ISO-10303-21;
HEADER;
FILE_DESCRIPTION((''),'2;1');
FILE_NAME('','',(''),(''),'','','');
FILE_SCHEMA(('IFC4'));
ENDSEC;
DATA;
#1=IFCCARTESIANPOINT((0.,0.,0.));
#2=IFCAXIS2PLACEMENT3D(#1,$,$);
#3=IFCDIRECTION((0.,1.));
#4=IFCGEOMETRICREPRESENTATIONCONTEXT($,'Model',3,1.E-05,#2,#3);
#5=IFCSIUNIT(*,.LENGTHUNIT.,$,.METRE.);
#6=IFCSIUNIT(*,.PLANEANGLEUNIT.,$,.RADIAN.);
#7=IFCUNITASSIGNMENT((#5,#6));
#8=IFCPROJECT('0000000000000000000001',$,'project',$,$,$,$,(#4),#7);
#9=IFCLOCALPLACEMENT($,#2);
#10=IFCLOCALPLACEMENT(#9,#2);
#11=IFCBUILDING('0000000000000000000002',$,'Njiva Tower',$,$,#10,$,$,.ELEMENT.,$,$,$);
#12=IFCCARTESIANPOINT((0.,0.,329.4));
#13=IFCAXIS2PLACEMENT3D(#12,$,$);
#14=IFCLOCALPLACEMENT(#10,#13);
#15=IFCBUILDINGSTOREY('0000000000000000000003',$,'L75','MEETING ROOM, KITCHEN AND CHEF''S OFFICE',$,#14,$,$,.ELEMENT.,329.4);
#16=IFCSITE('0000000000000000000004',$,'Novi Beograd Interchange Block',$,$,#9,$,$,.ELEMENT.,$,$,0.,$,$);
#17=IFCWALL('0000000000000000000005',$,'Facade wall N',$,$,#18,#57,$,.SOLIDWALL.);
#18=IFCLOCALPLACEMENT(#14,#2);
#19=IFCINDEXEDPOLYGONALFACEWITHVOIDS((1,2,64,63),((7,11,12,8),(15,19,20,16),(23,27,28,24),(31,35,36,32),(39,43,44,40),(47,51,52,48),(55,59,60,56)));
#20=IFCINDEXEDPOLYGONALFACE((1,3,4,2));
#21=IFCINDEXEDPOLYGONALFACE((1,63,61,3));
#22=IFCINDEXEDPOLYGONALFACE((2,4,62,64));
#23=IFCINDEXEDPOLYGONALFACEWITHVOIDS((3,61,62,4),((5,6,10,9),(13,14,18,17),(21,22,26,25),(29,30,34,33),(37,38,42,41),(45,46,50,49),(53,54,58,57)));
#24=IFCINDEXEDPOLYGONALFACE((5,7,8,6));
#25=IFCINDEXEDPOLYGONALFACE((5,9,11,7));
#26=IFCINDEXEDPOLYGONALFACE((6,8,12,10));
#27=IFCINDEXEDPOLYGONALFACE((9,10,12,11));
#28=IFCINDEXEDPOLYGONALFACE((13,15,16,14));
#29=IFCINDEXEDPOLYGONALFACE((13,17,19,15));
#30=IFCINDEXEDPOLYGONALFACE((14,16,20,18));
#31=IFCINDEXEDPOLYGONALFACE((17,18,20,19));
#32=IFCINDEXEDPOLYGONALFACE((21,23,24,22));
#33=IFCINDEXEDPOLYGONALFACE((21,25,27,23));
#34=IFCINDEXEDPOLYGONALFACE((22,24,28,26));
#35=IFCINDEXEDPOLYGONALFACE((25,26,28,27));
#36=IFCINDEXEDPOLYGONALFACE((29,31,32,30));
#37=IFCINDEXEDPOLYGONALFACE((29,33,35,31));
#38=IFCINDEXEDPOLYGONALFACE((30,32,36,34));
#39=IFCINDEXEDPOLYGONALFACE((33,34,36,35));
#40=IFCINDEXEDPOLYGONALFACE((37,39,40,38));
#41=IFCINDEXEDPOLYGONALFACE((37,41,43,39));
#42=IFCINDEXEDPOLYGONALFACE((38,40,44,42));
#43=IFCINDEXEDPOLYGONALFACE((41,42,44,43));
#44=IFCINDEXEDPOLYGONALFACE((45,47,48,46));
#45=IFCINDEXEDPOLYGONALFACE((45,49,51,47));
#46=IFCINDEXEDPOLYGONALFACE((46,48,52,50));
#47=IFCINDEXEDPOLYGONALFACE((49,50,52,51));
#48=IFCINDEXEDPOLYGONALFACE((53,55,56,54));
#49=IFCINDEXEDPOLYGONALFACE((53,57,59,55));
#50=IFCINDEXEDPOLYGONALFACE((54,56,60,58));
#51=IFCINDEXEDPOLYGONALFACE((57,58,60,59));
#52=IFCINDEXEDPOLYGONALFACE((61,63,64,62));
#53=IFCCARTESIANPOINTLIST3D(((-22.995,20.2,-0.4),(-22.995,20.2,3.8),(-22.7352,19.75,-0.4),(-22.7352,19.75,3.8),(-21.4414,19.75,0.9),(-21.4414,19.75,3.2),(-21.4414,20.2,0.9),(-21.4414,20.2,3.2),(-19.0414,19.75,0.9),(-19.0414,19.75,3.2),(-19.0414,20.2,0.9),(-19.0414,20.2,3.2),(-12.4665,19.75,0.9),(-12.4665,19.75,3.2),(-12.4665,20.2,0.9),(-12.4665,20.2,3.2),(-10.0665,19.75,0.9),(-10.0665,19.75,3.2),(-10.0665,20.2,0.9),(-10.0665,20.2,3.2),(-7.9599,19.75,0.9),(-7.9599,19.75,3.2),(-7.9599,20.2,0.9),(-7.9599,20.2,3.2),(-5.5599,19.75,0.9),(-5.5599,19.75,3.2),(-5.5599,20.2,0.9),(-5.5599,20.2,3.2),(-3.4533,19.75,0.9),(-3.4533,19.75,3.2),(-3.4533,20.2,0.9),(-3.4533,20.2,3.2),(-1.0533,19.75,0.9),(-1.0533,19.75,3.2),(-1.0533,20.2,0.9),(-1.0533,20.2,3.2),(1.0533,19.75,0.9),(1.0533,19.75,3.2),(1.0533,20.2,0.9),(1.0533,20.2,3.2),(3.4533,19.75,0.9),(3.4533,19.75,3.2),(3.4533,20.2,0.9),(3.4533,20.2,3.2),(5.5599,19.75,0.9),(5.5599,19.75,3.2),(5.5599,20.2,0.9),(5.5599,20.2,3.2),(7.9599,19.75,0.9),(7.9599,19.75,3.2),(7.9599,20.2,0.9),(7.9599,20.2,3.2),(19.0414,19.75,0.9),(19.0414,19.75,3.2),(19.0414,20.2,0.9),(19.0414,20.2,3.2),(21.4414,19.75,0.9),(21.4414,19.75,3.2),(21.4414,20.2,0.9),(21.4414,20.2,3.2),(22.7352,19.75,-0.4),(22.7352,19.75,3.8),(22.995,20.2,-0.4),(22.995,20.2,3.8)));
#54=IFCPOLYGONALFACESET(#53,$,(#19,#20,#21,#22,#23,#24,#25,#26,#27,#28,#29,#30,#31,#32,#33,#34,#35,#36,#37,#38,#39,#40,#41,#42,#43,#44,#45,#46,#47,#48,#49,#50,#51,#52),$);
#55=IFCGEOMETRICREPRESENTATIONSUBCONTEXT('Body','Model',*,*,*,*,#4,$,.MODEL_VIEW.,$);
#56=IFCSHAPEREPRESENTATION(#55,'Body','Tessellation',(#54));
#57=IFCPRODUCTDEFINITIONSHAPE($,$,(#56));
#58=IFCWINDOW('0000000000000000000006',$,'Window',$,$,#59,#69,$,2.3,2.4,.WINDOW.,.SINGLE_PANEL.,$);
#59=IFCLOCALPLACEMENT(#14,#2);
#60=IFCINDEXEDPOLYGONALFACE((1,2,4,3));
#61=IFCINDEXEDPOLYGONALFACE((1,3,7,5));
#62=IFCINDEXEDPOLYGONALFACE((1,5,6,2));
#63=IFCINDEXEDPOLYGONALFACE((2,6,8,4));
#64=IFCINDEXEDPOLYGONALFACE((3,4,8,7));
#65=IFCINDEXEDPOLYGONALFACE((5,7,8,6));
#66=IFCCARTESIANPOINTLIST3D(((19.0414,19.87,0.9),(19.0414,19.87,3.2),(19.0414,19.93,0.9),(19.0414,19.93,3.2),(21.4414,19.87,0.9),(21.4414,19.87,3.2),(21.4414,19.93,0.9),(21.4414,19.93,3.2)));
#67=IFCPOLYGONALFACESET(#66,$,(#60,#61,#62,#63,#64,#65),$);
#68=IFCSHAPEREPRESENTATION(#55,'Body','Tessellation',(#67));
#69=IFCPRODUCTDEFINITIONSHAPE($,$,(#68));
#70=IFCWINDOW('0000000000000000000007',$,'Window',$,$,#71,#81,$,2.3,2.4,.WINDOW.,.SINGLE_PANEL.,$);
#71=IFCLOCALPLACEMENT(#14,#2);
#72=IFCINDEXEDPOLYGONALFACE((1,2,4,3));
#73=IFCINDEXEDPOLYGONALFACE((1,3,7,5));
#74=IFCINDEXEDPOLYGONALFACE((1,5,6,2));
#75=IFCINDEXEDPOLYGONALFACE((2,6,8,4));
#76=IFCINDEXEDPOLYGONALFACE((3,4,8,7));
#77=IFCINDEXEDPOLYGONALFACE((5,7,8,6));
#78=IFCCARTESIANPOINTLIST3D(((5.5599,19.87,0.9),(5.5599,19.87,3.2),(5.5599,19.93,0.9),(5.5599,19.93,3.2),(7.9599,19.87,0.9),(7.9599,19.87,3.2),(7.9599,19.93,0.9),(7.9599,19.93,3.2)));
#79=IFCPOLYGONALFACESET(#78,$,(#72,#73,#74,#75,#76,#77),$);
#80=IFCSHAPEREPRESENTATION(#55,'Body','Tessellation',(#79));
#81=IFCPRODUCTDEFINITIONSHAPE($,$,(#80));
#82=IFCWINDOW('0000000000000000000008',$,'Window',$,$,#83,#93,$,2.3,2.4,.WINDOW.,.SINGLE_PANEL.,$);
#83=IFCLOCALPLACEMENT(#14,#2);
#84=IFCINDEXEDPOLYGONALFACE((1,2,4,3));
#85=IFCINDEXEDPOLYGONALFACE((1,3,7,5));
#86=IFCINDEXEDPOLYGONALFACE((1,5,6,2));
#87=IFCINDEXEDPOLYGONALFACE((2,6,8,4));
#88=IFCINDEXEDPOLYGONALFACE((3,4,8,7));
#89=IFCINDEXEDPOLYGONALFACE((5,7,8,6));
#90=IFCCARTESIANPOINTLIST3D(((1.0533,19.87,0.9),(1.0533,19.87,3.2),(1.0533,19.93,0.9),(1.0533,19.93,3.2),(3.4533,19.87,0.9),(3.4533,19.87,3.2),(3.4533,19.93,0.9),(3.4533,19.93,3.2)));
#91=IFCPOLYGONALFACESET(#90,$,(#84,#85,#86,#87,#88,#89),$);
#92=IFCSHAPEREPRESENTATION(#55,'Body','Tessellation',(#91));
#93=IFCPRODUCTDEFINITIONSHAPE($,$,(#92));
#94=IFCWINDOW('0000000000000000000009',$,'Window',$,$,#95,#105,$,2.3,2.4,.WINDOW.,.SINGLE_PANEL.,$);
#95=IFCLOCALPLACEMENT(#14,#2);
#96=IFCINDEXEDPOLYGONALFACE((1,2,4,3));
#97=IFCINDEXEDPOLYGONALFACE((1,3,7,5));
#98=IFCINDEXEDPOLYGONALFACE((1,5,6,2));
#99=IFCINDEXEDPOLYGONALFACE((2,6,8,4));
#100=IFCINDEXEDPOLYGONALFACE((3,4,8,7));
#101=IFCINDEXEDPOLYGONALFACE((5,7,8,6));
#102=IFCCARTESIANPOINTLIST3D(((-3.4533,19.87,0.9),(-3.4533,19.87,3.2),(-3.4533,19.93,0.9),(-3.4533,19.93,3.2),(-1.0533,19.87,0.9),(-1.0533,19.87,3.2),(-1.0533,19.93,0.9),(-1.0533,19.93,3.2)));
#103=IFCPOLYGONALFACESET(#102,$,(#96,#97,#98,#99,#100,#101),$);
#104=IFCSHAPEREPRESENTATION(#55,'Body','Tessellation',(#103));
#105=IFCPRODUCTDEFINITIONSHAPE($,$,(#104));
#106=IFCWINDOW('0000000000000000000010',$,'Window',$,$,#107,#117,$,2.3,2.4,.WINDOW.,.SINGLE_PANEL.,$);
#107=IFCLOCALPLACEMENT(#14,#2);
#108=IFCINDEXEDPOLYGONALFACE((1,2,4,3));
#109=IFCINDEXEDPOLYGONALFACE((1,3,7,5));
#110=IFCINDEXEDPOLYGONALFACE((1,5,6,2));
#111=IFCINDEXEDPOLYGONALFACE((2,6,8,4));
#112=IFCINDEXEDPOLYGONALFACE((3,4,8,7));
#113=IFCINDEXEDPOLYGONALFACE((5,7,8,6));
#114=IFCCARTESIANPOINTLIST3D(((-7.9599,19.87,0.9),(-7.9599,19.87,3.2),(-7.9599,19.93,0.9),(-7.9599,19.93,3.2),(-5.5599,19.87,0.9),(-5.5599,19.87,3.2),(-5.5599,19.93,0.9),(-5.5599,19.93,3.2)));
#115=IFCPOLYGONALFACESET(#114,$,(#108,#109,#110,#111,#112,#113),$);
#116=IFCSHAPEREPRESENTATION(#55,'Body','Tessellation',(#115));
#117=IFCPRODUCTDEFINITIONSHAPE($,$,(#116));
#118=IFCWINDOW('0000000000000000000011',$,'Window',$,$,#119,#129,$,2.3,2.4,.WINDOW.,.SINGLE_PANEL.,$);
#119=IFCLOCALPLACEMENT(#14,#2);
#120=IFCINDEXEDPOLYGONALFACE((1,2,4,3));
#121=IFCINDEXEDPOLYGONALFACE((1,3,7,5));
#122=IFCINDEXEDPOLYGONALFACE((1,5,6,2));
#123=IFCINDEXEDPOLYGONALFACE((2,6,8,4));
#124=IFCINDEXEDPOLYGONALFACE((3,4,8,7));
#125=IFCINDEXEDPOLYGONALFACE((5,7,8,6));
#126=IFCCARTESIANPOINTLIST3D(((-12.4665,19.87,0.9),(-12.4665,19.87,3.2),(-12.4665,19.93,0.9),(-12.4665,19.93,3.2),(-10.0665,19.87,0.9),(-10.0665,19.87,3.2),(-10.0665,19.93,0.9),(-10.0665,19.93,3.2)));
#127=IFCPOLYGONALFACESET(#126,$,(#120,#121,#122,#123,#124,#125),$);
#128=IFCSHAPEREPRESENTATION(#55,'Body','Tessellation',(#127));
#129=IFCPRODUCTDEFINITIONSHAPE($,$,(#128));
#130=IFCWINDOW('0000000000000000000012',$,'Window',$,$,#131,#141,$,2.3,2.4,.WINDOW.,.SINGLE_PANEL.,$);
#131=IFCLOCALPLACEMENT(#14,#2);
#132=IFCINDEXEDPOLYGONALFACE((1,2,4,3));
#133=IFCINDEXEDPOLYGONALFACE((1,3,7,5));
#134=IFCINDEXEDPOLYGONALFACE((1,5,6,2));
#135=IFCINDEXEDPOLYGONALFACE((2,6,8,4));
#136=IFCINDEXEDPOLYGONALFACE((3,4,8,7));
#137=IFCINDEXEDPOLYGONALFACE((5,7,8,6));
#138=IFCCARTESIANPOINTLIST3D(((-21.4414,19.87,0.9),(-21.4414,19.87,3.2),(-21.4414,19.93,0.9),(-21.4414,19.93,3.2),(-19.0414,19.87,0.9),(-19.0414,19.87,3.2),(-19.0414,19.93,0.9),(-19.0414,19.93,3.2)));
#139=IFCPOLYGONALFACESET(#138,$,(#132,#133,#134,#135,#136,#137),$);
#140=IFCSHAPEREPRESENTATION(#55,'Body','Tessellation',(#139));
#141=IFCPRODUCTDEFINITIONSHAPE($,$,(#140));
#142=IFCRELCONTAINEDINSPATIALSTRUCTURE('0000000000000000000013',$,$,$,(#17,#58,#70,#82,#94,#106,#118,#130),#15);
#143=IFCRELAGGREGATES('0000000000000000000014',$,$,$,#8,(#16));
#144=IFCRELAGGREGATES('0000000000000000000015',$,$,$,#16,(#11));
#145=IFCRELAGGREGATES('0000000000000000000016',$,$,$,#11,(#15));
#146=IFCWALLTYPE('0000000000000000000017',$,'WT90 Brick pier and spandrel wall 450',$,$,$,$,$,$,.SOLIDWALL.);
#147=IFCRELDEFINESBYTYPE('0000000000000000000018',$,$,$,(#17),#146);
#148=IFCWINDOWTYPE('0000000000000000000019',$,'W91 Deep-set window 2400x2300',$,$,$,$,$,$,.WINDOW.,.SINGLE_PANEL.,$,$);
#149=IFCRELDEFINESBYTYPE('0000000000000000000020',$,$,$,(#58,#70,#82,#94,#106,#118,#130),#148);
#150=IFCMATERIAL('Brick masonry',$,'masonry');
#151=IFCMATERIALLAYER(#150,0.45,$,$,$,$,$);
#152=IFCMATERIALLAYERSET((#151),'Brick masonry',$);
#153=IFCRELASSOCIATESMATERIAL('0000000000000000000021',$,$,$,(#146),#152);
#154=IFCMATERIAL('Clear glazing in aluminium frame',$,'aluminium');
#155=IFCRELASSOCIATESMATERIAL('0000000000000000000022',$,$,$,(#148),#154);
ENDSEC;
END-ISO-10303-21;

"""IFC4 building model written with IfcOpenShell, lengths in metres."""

from ifc_helpers import new_model, si_unit, direction, frame, frame_2d, origin, place, context, subcontext, project, spatial, polyline, rectangle, outline, extrude, material, layer, layer_set, type_object, element, fill, save


model = new_model("IFC4")

# Units and contexts
model_context = context("Model", 3, precision=1e-05, world=origin(), true_north=direction((0.0, 1.0)))
body_context = subcontext(model_context, "Body", "Model", "MODEL_VIEW")
ifc_project = project(units=[si_unit("LENGTHUNIT", "METRE"), si_unit("PLANEANGLEUNIT", "RADIAN")], contexts=[model_context])

# Site, building, storey
site_placement = place(None, origin())
site = spatial("IfcSite", under=ifc_project, at=site_placement, Name="Novi Beograd Interchange Block", CompositionType="ELEMENT", RefElevation=0.0)
building_placement = place(site_placement, origin())
building = spatial("IfcBuilding", under=site, at=building_placement, Name="Njiva Tower", CompositionType="ELEMENT")
storey_placement = place(building_placement, frame((0.0, 0.0, 329.4)))
storey = spatial("IfcBuildingStorey", under=building, at=storey_placement, Name="L75", Description="MEETING ROOM, KITCHEN AND CHEF'S OFFICE", CompositionType="ELEMENT", Elevation=329.4)

# Wall, openings, windows
ifc_material_1 = material(Name="Brick masonry", Category="masonry")
ifc_layer_1 = layer(ifc_material_1, 0.45)
ifc_layer_set_1 = layer_set([ifc_layer_1], Name="Brick masonry")
wall_type_1 = type_object("IfcWallType", Name="WT90 Brick pier and spandrel wall 450", PredefinedType="SOLIDWALL", material=ifc_layer_set_1)
wall_1_placement = place(storey_placement, frame((22.8651, 19.975, -0.4), z_axis=(0.0, 0.0, 1.0), x_axis=(-1.0, 0.0, 0.0)))
wall_1 = element("IfcWall", 1, at=wall_1_placement, inside=storey, type_object=wall_type_1, Name="Facade wall N", PredefinedType="SOLIDWALL", context=body_context, shape_type="SweptSolid", body=[
    extrude(outline(polyline([(-0.1299, -0.225), (45.8601, -0.225), (45.6003, 0.225), (0.1299, 0.225), (-0.1299, -0.225)])), origin(), (0.0, 0.0, 1.0), 4.2),
])
opening_1_placement = place(wall_1_placement, frame((1.4237, 0.0, 1.3)))
opening_1 = element("IfcOpeningElement", 2, at=opening_1_placement, cuts=wall_1, PredefinedType="OPENING", context=body_context, shape_type="SweptSolid", body=[
    extrude(rectangle(XDim=2.4, YDim=2.3, at=frame_2d((1.2, 1.15))), frame((0.0, 0.235, 0.0), z_axis=(0.0, -1.0, 0.0), x_axis=(1.0, 0.0, 0.0)), (0.0, 0.0, 1.0), 0.47),
])
opening_2_placement = place(wall_1_placement, frame((14.9052, 0.0, 1.3)))
opening_2 = element("IfcOpeningElement", 3, at=opening_2_placement, cuts=wall_1, PredefinedType="OPENING", context=body_context, shape_type="SweptSolid", body=[
    extrude(rectangle(XDim=2.4, YDim=2.3, at=frame_2d((1.2, 1.15))), frame((0.0, 0.235, 0.0), z_axis=(0.0, -1.0, 0.0), x_axis=(1.0, 0.0, 0.0)), (0.0, 0.0, 1.0), 0.47),
])
opening_3_placement = place(wall_1_placement, frame((19.4118, 0.0, 1.3)))
opening_3 = element("IfcOpeningElement", 4, at=opening_3_placement, cuts=wall_1, PredefinedType="OPENING", context=body_context, shape_type="SweptSolid", body=[
    extrude(rectangle(XDim=2.4, YDim=2.3, at=frame_2d((1.2, 1.15))), frame((0.0, 0.235, 0.0), z_axis=(0.0, -1.0, 0.0), x_axis=(1.0, 0.0, 0.0)), (0.0, 0.0, 1.0), 0.47),
])
opening_4_placement = place(wall_1_placement, frame((23.9184, 0.0, 1.3)))
opening_4 = element("IfcOpeningElement", 5, at=opening_4_placement, cuts=wall_1, PredefinedType="OPENING", context=body_context, shape_type="SweptSolid", body=[
    extrude(rectangle(XDim=2.4, YDim=2.3, at=frame_2d((1.2, 1.15))), frame((0.0, 0.235, 0.0), z_axis=(0.0, -1.0, 0.0), x_axis=(1.0, 0.0, 0.0)), (0.0, 0.0, 1.0), 0.47),
])
opening_5_placement = place(wall_1_placement, frame((28.425, 0.0, 1.3)))
opening_5 = element("IfcOpeningElement", 6, at=opening_5_placement, cuts=wall_1, PredefinedType="OPENING", context=body_context, shape_type="SweptSolid", body=[
    extrude(rectangle(XDim=2.4, YDim=2.3, at=frame_2d((1.2, 1.15))), frame((0.0, 0.235, 0.0), z_axis=(0.0, -1.0, 0.0), x_axis=(1.0, 0.0, 0.0)), (0.0, 0.0, 1.0), 0.47),
])
opening_6_placement = place(wall_1_placement, frame((32.9316, 0.0, 1.3)))
opening_6 = element("IfcOpeningElement", 7, at=opening_6_placement, cuts=wall_1, PredefinedType="OPENING", context=body_context, shape_type="SweptSolid", body=[
    extrude(rectangle(XDim=2.4, YDim=2.3, at=frame_2d((1.2, 1.15))), frame((0.0, 0.235, 0.0), z_axis=(0.0, -1.0, 0.0), x_axis=(1.0, 0.0, 0.0)), (0.0, 0.0, 1.0), 0.47),
])
opening_7_placement = place(wall_1_placement, frame((41.9065, 0.0, 1.3)))
opening_7 = element("IfcOpeningElement", 8, at=opening_7_placement, cuts=wall_1, PredefinedType="OPENING", context=body_context, shape_type="SweptSolid", body=[
    extrude(rectangle(XDim=2.4, YDim=2.3, at=frame_2d((1.2, 1.15))), frame((0.0, 0.235, 0.0), z_axis=(0.0, -1.0, 0.0), x_axis=(1.0, 0.0, 0.0)), (0.0, 0.0, 1.0), 0.47),
])
ifc_material_2 = material(Name="Clear glazing in aluminium frame", Category="aluminium")
window_type_1 = type_object("IfcWindowType", Name="W91 Deep-set window 2400x2300", PartitioningType="SINGLE_PANEL", PredefinedType="WINDOW", material=ifc_material_2)
window_1_placement = place(opening_1_placement, origin())
window_1 = element("IfcWindow", 9, at=window_1_placement, inside=storey, type_object=window_type_1, Name="Window", OverallHeight=2.3, OverallWidth=2.4, PartitioningType="SINGLE_PANEL", PredefinedType="WINDOW", context=body_context, shape_type="SweptSolid", body=[
    extrude(rectangle(XDim=2.4, YDim=2.3, at=frame_2d((1.2, 1.15))), frame((0.0, 0.105, 0.0), z_axis=(0.0, -1.0, 0.0), x_axis=(1.0, 0.0, 0.0)), (0.0, 0.0, 1.0), 0.06),
])
fill(opening_1, window_1)
window_2_placement = place(opening_2_placement, origin())
window_2 = element("IfcWindow", 10, at=window_2_placement, inside=storey, type_object=window_type_1, Name="Window", OverallHeight=2.3, OverallWidth=2.4, PartitioningType="SINGLE_PANEL", PredefinedType="WINDOW", context=body_context, shape_type="SweptSolid", body=[
    extrude(rectangle(XDim=2.4, YDim=2.3, at=frame_2d((1.2, 1.15))), frame((0.0, 0.105, 0.0), z_axis=(0.0, -1.0, 0.0), x_axis=(1.0, 0.0, 0.0)), (0.0, 0.0, 1.0), 0.06),
])
fill(opening_2, window_2)
window_3_placement = place(opening_3_placement, origin())
window_3 = element("IfcWindow", 11, at=window_3_placement, inside=storey, type_object=window_type_1, Name="Window", OverallHeight=2.3, OverallWidth=2.4, PartitioningType="SINGLE_PANEL", PredefinedType="WINDOW", context=body_context, shape_type="SweptSolid", body=[
    extrude(rectangle(XDim=2.4, YDim=2.3, at=frame_2d((1.2, 1.15))), frame((0.0, 0.105, 0.0), z_axis=(0.0, -1.0, 0.0), x_axis=(1.0, 0.0, 0.0)), (0.0, 0.0, 1.0), 0.06),
])
fill(opening_3, window_3)
window_4_placement = place(opening_4_placement, origin())
window_4 = element("IfcWindow", 12, at=window_4_placement, inside=storey, type_object=window_type_1, Name="Window", OverallHeight=2.3, OverallWidth=2.4, PartitioningType="SINGLE_PANEL", PredefinedType="WINDOW", context=body_context, shape_type="SweptSolid", body=[
    extrude(rectangle(XDim=2.4, YDim=2.3, at=frame_2d((1.2, 1.15))), frame((0.0, 0.105, 0.0), z_axis=(0.0, -1.0, 0.0), x_axis=(1.0, 0.0, 0.0)), (0.0, 0.0, 1.0), 0.06),
])
fill(opening_4, window_4)
window_5_placement = place(opening_5_placement, origin())
window_5 = element("IfcWindow", 13, at=window_5_placement, inside=storey, type_object=window_type_1, Name="Window", OverallHeight=2.3, OverallWidth=2.4, PartitioningType="SINGLE_PANEL", PredefinedType="WINDOW", context=body_context, shape_type="SweptSolid", body=[
    extrude(rectangle(XDim=2.4, YDim=2.3, at=frame_2d((1.2, 1.15))), frame((0.0, 0.105, 0.0), z_axis=(0.0, -1.0, 0.0), x_axis=(1.0, 0.0, 0.0)), (0.0, 0.0, 1.0), 0.06),
])
fill(opening_5, window_5)
window_6_placement = place(opening_6_placement, origin())
window_6 = element("IfcWindow", 14, at=window_6_placement, inside=storey, type_object=window_type_1, Name="Window", OverallHeight=2.3, OverallWidth=2.4, PartitioningType="SINGLE_PANEL", PredefinedType="WINDOW", context=body_context, shape_type="SweptSolid", body=[
    extrude(rectangle(XDim=2.4, YDim=2.3, at=frame_2d((1.2, 1.15))), frame((0.0, 0.105, 0.0), z_axis=(0.0, -1.0, 0.0), x_axis=(1.0, 0.0, 0.0)), (0.0, 0.0, 1.0), 0.06),
])
fill(opening_6, window_6)
window_7_placement = place(opening_7_placement, origin())
window_7 = element("IfcWindow", 15, at=window_7_placement, inside=storey, type_object=window_type_1, Name="Window", OverallHeight=2.3, OverallWidth=2.4, PartitioningType="SINGLE_PANEL", PredefinedType="WINDOW", context=body_context, shape_type="SweptSolid", body=[
    extrude(rectangle(XDim=2.4, YDim=2.3, at=frame_2d((1.2, 1.15))), frame((0.0, 0.105, 0.0), z_axis=(0.0, -1.0, 0.0), x_axis=(1.0, 0.0, 0.0)), (0.0, 0.0, 1.0), 0.06),
])
fill(opening_7, window_7)

save(model, "model.ifc")
